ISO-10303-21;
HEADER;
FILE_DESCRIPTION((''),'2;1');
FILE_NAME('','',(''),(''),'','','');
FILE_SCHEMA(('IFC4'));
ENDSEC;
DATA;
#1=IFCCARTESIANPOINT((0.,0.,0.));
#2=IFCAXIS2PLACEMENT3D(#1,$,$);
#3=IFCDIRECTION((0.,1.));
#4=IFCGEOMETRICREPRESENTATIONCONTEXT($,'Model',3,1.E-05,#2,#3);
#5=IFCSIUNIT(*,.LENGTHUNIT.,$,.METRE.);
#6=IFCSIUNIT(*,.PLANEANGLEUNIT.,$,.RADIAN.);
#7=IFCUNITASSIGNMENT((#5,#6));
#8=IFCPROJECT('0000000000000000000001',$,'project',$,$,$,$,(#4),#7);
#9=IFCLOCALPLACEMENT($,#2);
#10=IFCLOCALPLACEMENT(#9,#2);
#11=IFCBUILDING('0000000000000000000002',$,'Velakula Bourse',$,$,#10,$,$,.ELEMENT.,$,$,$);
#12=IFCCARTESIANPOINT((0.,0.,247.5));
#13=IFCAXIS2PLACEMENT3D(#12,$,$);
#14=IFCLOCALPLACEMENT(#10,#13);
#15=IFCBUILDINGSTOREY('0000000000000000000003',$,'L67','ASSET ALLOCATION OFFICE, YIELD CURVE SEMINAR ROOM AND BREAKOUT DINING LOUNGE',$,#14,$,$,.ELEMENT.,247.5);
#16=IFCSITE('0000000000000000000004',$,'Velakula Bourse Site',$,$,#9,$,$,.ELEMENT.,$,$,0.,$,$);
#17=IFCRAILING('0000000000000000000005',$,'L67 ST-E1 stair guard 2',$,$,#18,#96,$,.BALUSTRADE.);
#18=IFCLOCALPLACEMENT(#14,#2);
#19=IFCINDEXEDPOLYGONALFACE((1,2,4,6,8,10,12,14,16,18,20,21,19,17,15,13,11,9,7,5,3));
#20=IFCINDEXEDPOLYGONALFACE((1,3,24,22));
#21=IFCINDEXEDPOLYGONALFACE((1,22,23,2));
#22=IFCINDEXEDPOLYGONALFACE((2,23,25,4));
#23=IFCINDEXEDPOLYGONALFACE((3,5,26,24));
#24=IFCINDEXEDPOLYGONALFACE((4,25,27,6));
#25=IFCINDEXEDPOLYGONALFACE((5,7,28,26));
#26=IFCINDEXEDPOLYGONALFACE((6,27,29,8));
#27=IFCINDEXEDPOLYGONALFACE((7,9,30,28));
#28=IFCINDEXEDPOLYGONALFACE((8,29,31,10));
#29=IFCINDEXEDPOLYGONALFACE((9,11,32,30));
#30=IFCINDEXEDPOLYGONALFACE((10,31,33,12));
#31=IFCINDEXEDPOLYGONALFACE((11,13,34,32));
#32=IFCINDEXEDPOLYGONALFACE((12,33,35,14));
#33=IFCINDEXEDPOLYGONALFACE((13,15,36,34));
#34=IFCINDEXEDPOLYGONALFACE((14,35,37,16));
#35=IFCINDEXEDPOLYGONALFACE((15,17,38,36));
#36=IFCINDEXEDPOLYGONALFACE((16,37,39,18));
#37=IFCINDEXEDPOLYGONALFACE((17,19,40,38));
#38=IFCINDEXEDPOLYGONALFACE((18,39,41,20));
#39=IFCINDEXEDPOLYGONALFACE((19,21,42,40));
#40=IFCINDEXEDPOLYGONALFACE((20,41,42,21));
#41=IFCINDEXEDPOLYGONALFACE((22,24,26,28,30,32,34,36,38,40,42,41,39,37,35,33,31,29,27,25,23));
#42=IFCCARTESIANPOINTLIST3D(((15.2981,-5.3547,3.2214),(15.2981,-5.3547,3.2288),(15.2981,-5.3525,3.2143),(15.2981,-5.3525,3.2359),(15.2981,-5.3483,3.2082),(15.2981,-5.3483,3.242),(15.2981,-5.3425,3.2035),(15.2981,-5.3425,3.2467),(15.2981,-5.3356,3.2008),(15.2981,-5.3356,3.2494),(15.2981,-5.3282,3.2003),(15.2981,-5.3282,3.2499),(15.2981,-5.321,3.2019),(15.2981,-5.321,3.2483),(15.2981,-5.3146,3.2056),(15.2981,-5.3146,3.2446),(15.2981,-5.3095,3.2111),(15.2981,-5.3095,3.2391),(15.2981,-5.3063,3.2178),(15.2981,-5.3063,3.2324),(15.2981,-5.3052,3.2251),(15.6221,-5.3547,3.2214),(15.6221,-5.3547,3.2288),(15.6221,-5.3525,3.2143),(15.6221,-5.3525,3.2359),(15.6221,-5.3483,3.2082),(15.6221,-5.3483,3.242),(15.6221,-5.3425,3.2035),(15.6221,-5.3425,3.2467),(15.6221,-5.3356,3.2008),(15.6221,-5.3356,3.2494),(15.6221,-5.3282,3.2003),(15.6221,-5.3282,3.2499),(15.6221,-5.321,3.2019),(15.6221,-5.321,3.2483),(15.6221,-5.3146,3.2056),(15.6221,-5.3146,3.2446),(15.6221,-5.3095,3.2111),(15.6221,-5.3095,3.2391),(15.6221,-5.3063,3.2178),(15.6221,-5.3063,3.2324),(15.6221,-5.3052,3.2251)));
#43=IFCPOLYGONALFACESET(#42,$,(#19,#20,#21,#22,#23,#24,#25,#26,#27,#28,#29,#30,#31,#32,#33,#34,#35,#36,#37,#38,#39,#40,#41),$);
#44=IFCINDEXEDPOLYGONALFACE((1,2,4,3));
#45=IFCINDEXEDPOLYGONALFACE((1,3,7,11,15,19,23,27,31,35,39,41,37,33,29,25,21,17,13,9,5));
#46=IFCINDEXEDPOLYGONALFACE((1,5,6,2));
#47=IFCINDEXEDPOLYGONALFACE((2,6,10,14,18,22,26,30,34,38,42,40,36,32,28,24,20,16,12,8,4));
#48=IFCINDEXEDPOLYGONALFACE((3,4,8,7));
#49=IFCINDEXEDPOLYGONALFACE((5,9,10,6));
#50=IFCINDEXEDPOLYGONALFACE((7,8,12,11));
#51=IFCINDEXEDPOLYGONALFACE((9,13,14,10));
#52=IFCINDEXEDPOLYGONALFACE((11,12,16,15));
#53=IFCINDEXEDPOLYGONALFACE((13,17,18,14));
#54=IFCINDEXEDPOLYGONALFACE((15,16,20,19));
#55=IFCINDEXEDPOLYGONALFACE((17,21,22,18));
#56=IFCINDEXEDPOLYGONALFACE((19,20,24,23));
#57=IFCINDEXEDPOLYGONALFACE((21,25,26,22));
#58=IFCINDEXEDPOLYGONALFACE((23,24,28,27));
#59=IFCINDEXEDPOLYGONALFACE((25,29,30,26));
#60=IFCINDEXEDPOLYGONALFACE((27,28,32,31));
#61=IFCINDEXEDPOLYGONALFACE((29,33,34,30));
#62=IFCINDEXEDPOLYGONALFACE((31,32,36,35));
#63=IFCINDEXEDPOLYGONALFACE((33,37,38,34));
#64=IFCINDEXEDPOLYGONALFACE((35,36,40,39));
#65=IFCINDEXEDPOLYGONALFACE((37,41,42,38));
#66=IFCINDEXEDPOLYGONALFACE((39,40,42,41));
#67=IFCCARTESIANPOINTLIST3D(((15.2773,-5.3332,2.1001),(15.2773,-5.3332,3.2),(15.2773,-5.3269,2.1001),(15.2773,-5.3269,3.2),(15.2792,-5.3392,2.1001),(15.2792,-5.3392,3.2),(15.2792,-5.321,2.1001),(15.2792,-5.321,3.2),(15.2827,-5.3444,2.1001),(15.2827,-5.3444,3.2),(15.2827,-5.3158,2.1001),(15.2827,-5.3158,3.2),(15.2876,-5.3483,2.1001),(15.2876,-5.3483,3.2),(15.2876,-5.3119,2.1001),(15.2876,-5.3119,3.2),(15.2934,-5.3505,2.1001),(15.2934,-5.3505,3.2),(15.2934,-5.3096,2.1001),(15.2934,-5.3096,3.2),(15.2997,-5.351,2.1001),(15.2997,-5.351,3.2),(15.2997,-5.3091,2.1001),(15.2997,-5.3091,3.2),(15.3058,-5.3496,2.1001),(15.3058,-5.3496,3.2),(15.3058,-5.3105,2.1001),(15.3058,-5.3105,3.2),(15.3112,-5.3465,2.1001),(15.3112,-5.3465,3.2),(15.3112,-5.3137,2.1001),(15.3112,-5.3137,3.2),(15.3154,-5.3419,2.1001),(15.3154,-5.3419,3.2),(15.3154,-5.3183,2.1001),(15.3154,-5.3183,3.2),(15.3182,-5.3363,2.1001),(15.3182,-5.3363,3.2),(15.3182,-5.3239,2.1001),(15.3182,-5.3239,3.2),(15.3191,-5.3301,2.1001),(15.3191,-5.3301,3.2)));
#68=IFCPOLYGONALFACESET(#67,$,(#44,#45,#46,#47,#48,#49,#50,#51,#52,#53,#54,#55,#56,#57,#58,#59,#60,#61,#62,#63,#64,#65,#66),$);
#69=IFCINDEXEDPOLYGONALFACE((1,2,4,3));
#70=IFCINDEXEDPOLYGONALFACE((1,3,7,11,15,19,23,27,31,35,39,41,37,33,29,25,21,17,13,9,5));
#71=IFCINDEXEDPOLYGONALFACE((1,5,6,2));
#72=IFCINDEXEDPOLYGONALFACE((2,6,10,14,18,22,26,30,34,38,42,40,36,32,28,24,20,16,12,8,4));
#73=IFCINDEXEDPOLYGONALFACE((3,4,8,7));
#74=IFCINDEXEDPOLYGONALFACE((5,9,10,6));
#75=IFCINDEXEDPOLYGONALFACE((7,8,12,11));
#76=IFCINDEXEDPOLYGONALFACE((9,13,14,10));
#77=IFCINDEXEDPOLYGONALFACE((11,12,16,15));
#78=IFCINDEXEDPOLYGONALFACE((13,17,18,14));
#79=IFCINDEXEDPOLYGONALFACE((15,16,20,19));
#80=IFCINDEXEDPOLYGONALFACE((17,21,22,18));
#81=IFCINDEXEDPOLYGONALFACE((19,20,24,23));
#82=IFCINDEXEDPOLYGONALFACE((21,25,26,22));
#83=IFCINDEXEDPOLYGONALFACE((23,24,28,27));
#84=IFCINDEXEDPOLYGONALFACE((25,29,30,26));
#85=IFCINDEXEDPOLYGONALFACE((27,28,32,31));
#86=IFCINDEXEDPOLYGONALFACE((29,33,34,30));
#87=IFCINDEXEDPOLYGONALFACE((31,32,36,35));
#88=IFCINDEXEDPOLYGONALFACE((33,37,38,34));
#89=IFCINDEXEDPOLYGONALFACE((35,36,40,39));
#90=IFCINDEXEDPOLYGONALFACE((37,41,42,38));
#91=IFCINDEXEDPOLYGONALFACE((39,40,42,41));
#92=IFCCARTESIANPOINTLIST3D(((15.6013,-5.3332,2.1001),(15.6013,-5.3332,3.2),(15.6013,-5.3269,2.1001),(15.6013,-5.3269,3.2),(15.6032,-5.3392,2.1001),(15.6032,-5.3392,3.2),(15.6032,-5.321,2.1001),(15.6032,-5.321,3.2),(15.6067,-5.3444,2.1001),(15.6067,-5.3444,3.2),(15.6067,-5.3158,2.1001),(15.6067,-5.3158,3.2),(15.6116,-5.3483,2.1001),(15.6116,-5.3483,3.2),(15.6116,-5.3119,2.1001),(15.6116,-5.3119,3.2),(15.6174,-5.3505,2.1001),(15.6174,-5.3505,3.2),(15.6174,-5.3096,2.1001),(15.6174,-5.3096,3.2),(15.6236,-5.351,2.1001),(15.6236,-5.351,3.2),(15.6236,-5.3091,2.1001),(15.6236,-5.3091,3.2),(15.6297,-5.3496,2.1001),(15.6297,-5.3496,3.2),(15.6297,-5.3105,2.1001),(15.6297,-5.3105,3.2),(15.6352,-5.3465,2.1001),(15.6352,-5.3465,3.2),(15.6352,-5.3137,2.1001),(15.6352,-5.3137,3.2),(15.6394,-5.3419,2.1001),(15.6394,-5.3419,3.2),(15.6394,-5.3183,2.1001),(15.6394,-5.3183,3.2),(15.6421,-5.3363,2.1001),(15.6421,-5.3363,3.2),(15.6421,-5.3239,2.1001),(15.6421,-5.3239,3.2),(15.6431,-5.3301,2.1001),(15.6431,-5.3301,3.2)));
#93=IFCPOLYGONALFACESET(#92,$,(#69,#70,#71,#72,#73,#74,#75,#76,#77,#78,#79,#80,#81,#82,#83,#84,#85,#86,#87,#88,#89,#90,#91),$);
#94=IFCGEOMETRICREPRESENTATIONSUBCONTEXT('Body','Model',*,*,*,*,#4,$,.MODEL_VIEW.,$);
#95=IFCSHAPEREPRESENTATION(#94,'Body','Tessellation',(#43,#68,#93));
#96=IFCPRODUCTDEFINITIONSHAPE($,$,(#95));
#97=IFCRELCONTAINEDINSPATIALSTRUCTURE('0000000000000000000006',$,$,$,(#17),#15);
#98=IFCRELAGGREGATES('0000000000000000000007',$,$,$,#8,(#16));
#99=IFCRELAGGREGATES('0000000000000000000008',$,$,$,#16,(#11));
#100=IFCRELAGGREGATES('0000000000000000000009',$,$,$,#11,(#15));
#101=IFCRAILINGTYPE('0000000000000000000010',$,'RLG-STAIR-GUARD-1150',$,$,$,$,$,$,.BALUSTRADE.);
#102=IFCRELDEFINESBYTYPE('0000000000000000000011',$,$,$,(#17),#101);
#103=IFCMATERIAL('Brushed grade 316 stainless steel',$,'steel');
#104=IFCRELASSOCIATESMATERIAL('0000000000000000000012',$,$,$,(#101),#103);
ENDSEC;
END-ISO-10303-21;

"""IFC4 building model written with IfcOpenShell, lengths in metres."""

from ifc_helpers import new_model, si_unit, direction, frame, origin, origin_2d, place, context, subcontext, project, spatial, circle, extrude, material, type_object, element, save


model = new_model("IFC4")

# Units and contexts
model_context = context("Model", 3, precision=1e-05, world=origin(), true_north=direction((0.0, 1.0)))
body_context = subcontext(model_context, "Body", "Model", "MODEL_VIEW")
ifc_project = project(units=[si_unit("LENGTHUNIT", "METRE"), si_unit("PLANEANGLEUNIT", "RADIAN")], contexts=[model_context])

# Site, building, storey
site_placement = place(None, origin())
site = spatial("IfcSite", under=ifc_project, at=site_placement, Name="Velakula Bourse Site", CompositionType="ELEMENT", RefElevation=0.0)
building_placement = place(site_placement, origin())
building = spatial("IfcBuilding", under=site, at=building_placement, Name="Velakula Bourse", CompositionType="ELEMENT")
storey_placement = place(building_placement, frame((0.0, 0.0, 247.5)))
storey = spatial("IfcBuildingStorey", under=building, at=storey_placement, Name="L67", Description="ASSET ALLOCATION OFFICE, YIELD CURVE SEMINAR ROOM AND BREAKOUT DINING LOUNGE", CompositionType="ELEMENT", Elevation=247.5)

# Shared definitions
ifc_material_1 = material(Name="Brushed grade 316 stainless steel", Category="steel")

# Railing
railing_type_1 = type_object("IfcRailingType", Name="RLG-STAIR-GUARD-1150", PredefinedType="BALUSTRADE", material=ifc_material_1)
railing_1_placement = place(storey_placement, frame((15.2981, -5.3301, 2.1001)))
element("IfcRailing", 1, at=railing_1_placement, inside=storey, type_object=railing_type_1, Name="L67 ST-E1 stair guard 2", PredefinedType="BALUSTRADE", context=body_context, shape_type="SweptSolid", body=[
    extrude(circle(Radius=0.0249, at=origin_2d()), frame((0.0, 0.0, 1.125), z_axis=(1.0, 0.0, 0.0), x_axis=(0.0, 1.0, 0.0)), (0.0, 0.0, 1.0), 0.324),
    extrude(circle(Radius=0.021, at=origin_2d()), origin(), (0.0, 0.0, 1.0), 1.0999),
    extrude(circle(Radius=0.021, at=origin_2d()), frame((0.324, 0.0, 0.0)), (0.0, 0.0, 1.0), 1.0999),
])

save(model, "model.ifc")
